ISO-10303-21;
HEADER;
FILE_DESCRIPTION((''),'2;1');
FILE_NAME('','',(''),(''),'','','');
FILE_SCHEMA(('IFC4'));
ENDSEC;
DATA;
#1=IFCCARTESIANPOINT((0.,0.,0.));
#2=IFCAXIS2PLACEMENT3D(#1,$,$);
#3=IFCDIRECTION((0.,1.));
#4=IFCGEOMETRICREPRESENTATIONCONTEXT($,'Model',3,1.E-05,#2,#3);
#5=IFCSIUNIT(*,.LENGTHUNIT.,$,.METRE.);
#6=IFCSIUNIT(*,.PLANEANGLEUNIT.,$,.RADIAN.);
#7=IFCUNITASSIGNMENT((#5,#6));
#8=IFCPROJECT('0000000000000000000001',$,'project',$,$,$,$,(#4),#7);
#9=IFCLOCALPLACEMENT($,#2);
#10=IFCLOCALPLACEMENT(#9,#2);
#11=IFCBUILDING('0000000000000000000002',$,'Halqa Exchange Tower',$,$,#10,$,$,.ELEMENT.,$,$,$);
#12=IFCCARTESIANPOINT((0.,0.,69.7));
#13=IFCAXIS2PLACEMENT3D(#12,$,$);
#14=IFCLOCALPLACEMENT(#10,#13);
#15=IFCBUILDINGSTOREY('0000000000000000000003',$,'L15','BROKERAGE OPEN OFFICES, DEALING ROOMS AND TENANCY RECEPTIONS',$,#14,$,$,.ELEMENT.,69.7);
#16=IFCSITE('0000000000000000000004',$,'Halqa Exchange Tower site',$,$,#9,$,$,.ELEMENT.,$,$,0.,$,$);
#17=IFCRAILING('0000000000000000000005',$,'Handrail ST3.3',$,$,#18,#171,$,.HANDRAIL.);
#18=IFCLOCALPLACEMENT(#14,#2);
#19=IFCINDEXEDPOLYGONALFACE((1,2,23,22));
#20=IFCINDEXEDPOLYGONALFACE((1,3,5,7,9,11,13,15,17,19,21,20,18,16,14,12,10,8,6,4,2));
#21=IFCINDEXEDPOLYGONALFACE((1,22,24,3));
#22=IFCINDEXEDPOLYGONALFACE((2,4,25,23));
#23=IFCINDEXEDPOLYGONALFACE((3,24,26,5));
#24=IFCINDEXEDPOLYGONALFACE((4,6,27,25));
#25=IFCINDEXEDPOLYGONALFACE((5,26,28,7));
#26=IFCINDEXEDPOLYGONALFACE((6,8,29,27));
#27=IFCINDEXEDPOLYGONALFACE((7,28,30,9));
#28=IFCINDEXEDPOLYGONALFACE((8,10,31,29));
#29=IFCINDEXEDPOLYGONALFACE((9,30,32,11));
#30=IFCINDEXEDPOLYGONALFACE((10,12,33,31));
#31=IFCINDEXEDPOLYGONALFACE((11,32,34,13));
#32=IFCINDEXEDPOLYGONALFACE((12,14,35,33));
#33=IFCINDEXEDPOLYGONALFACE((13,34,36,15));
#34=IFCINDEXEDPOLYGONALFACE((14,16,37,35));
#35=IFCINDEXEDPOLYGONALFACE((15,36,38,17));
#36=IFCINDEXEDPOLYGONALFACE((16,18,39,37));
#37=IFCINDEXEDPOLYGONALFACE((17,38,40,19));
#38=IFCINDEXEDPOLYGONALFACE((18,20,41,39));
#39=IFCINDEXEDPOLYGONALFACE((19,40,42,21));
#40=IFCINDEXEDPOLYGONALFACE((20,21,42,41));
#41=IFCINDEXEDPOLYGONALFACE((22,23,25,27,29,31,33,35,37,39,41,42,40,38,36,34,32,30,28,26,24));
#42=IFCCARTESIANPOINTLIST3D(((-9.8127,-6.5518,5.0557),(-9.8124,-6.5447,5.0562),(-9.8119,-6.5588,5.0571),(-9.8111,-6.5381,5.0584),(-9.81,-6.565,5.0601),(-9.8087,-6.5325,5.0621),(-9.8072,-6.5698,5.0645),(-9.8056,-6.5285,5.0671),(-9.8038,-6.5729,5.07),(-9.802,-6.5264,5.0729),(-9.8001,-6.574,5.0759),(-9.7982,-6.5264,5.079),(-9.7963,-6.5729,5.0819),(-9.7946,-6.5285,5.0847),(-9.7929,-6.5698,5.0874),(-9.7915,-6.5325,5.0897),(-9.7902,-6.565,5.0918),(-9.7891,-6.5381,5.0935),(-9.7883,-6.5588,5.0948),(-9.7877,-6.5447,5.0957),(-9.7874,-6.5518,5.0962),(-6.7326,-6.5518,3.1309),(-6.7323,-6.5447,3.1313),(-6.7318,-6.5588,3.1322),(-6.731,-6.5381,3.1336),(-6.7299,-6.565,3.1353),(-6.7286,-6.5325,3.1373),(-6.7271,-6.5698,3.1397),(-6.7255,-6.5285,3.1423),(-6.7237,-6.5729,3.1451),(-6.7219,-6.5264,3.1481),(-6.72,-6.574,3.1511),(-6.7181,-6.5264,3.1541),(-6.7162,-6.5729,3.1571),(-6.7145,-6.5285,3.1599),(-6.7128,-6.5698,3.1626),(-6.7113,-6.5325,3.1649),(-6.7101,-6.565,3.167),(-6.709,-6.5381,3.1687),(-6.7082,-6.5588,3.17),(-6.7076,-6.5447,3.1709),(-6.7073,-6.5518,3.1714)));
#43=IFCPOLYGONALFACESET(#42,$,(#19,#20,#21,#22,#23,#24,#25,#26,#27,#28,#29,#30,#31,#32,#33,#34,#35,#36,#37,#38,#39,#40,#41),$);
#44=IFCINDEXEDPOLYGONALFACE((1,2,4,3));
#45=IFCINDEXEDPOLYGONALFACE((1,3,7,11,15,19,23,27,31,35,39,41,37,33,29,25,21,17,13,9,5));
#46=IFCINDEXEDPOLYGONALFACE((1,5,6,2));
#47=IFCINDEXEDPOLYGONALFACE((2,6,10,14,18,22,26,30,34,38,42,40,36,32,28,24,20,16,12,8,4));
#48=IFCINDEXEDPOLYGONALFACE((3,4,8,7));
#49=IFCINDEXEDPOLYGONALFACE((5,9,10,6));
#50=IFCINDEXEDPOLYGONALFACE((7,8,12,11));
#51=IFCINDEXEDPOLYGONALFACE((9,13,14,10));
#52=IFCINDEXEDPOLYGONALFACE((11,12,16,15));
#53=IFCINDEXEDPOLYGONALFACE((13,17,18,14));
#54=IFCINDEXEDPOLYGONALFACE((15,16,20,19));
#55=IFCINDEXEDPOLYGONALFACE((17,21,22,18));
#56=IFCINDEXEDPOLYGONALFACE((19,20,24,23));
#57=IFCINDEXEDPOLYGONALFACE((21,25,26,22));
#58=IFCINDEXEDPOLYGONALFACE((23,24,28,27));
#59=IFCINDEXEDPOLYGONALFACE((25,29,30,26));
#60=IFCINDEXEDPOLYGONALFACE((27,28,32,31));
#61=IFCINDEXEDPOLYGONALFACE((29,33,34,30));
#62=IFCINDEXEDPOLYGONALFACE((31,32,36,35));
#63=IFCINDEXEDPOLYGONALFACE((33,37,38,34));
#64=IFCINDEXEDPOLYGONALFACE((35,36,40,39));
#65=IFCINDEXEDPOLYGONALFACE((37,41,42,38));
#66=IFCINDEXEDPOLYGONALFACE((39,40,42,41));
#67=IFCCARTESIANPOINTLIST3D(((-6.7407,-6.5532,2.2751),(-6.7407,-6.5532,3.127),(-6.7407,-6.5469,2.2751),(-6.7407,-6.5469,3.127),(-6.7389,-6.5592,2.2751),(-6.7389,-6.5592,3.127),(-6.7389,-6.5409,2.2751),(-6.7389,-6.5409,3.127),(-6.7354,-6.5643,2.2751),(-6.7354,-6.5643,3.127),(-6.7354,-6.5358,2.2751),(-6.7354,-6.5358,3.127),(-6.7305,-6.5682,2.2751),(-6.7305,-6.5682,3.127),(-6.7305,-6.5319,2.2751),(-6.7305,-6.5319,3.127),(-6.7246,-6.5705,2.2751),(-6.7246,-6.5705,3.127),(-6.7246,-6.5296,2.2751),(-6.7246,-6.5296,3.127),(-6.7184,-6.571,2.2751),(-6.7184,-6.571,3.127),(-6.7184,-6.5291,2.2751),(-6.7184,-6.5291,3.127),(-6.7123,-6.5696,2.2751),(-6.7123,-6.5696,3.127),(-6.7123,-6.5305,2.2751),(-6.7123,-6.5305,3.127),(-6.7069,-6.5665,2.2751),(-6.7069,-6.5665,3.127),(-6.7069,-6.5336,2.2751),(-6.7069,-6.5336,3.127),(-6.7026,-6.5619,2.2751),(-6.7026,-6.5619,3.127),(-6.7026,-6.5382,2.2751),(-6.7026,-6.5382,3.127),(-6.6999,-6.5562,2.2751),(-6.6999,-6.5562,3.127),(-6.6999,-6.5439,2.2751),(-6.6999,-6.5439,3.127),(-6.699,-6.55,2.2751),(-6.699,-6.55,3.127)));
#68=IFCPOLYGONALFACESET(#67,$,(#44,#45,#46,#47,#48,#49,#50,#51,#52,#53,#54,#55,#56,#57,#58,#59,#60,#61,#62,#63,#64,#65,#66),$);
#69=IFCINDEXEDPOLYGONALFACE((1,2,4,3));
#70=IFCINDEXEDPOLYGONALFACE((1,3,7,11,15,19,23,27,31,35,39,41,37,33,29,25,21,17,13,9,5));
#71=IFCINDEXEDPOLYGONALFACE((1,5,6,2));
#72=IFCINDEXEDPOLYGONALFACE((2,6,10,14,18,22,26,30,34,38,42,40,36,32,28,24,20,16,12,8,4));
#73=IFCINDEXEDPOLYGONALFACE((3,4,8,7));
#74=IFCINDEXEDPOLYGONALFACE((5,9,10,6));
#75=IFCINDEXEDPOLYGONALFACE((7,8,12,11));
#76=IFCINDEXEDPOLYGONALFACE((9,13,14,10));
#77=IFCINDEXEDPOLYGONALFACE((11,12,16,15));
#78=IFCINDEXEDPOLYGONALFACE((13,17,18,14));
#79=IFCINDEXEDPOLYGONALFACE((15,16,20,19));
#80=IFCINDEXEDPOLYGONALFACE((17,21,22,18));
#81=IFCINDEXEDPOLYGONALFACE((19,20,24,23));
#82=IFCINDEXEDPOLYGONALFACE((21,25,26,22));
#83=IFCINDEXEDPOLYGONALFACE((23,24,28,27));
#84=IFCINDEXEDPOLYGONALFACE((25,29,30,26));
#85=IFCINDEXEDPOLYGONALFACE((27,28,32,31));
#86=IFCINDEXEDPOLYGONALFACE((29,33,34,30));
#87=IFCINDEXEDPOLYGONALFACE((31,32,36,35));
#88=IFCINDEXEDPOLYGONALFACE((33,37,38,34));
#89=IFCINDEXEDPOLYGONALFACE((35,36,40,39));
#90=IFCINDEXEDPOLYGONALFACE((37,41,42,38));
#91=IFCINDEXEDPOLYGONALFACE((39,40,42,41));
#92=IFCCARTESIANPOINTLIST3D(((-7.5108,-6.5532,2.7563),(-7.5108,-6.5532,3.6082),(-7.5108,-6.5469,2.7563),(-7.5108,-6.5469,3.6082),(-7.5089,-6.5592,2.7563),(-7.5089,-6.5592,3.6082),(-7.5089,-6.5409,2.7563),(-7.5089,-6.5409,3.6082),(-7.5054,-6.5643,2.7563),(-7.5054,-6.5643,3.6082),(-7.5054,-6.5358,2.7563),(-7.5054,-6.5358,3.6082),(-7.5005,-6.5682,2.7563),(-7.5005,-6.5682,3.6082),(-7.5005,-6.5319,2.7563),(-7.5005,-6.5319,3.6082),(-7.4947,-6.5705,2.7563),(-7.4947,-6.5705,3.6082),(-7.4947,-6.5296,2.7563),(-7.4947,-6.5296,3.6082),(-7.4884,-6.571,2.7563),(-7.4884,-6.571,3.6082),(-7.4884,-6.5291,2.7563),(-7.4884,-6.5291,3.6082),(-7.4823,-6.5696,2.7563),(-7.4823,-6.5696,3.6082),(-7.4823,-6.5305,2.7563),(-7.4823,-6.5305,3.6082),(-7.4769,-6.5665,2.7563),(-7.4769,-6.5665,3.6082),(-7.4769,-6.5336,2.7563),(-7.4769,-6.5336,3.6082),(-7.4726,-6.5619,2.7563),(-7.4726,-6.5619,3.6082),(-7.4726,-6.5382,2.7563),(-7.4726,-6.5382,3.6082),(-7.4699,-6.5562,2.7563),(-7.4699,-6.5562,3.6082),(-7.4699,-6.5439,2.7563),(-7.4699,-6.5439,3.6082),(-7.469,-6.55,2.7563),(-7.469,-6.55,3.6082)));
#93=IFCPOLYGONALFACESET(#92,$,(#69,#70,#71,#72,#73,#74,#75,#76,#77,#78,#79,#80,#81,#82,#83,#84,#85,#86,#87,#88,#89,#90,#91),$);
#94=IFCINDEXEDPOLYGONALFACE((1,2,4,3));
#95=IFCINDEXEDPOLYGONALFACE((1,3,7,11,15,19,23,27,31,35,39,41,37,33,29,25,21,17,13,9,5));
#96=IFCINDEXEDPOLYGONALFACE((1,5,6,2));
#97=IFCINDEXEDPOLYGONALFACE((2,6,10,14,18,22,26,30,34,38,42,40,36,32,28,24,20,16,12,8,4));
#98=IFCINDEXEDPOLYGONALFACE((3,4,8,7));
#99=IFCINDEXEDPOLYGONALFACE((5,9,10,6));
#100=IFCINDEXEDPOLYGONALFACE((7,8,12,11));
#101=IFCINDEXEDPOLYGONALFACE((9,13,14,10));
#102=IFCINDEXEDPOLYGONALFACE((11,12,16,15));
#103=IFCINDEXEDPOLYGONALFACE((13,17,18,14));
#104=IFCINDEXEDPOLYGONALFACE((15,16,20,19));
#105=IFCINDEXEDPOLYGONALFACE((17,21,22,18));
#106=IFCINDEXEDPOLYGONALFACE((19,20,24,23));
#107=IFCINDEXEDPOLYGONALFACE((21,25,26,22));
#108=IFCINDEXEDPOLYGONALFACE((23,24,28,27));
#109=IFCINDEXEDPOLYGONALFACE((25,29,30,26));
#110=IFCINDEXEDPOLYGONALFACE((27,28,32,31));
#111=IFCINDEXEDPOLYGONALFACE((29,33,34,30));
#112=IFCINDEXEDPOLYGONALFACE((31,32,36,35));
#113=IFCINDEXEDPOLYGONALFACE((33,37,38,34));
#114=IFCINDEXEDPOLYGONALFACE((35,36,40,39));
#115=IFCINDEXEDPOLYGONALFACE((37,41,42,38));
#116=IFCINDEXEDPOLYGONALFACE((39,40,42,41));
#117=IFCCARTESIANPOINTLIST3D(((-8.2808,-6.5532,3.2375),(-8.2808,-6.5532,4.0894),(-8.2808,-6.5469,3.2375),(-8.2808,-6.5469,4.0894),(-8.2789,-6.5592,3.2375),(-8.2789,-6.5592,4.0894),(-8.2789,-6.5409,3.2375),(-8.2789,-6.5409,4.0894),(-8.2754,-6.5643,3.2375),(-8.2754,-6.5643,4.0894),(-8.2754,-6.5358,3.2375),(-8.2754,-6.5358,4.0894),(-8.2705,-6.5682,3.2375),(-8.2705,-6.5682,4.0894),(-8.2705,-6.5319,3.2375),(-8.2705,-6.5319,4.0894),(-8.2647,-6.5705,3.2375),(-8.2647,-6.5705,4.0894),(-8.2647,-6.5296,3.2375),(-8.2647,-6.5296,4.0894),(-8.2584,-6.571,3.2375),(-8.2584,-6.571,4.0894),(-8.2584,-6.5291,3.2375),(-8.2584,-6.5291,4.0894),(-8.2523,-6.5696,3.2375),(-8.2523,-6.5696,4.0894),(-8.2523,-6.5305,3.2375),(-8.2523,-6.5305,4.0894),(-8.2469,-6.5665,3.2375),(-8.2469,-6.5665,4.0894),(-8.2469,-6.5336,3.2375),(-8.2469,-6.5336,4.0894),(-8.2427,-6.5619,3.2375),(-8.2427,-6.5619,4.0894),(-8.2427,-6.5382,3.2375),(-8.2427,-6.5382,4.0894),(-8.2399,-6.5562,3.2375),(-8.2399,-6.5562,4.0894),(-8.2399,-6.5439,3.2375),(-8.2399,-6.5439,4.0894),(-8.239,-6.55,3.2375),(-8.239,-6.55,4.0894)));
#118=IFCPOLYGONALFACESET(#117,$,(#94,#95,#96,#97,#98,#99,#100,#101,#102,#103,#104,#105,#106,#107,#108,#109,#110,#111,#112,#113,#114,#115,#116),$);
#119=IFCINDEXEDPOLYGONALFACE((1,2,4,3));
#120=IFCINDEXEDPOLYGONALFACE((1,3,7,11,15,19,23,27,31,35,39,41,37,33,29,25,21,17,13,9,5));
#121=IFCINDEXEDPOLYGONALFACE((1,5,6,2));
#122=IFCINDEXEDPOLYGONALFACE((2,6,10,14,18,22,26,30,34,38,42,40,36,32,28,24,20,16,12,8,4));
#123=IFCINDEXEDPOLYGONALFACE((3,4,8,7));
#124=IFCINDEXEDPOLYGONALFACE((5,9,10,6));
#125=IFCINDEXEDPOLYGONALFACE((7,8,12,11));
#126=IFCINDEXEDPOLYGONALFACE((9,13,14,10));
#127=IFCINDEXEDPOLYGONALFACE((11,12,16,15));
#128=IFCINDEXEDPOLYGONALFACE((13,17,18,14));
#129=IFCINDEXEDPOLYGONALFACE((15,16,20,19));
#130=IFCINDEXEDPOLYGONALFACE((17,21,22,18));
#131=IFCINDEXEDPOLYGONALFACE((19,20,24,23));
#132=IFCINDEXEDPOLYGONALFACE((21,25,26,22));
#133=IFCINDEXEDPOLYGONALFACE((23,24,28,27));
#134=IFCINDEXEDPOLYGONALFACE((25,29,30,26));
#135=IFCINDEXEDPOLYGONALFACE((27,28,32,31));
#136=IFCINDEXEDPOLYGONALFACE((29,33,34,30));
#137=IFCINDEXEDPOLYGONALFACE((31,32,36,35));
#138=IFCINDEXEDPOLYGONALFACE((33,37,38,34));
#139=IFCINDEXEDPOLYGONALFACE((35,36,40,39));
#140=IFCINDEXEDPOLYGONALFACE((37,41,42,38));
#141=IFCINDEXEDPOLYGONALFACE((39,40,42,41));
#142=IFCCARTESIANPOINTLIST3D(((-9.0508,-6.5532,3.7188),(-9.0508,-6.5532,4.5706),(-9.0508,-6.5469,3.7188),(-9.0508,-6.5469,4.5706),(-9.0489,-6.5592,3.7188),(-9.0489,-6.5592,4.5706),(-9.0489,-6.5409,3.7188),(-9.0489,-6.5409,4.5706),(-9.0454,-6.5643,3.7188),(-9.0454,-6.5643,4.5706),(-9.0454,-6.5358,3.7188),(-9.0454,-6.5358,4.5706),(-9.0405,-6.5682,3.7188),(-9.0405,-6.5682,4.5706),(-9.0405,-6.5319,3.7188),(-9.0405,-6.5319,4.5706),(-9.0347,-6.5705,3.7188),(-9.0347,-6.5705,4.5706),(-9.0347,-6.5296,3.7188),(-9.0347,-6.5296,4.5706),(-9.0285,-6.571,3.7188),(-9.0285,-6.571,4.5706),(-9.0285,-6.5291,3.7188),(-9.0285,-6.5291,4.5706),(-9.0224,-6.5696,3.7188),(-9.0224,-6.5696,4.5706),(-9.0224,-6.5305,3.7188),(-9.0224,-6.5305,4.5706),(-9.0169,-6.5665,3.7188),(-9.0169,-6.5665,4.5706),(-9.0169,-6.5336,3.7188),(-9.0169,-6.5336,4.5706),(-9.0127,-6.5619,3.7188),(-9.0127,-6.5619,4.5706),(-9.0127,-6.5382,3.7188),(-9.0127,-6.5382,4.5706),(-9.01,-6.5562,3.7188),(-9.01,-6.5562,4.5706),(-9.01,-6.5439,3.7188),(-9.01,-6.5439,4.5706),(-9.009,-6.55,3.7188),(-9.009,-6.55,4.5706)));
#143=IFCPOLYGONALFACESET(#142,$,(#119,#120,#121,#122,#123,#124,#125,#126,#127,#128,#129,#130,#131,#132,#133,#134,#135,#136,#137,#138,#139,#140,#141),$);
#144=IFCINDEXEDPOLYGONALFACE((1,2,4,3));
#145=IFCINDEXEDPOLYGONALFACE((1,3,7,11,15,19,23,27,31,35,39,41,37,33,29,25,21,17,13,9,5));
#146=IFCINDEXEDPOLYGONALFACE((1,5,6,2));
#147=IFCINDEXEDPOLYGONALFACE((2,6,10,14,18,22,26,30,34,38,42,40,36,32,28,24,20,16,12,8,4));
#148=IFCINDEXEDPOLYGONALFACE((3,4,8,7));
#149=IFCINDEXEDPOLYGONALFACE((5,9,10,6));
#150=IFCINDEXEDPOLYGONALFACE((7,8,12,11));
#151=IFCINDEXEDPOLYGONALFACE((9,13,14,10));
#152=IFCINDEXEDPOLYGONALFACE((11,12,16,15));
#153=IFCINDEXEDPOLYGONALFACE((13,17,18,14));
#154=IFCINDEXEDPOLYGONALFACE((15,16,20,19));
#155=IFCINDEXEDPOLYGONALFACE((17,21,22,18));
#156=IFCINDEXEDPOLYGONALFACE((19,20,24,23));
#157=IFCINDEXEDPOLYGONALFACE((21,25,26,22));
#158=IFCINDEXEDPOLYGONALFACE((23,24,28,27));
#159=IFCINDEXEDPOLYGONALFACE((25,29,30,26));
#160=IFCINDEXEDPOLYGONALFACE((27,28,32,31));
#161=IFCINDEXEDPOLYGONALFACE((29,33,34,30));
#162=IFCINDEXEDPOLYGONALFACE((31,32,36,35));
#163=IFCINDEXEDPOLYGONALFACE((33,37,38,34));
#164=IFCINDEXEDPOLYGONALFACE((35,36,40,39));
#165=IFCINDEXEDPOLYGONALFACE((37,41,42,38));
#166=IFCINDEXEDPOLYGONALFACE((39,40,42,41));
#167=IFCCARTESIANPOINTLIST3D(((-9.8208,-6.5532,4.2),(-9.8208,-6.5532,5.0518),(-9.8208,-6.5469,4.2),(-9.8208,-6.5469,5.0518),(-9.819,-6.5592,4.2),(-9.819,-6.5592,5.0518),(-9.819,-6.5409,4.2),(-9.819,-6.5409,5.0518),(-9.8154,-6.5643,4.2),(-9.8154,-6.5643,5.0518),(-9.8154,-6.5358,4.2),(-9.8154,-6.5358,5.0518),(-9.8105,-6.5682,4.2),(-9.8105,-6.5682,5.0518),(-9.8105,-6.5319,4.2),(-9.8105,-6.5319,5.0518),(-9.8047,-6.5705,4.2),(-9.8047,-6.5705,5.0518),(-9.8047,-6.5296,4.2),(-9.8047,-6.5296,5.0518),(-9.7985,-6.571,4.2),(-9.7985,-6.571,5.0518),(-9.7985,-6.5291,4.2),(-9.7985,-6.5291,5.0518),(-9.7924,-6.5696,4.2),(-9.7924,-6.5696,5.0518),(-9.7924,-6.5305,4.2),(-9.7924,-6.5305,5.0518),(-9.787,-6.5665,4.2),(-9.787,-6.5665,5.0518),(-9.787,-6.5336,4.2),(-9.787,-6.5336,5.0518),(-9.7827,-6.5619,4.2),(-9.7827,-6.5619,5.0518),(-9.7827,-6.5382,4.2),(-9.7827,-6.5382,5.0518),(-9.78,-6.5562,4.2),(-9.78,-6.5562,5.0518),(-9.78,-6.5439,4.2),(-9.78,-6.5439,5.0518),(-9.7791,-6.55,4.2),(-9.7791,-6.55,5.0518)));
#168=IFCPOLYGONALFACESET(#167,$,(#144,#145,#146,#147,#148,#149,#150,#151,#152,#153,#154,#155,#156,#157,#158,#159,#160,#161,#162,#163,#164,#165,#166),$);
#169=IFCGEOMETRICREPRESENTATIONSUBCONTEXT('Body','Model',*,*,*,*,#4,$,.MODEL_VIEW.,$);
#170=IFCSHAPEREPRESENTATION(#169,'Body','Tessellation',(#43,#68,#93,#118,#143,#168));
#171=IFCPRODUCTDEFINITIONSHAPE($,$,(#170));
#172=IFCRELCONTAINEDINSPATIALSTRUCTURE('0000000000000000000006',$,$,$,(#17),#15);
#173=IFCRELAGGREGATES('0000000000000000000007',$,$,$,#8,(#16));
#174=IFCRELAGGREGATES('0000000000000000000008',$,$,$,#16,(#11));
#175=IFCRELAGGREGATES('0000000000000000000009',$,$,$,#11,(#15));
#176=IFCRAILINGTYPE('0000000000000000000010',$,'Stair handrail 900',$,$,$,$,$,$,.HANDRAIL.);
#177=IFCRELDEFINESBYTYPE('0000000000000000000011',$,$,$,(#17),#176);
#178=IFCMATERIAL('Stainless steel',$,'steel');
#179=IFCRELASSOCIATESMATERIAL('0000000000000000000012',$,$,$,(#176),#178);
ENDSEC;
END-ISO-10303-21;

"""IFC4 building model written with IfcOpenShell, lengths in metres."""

from ifc_helpers import new_model, si_unit, direction, frame, origin, origin_2d, place, context, subcontext, project, spatial, circle, extrude, material, type_object, element, save


model = new_model("IFC4")

# Units and contexts
model_context = context("Model", 3, precision=1e-05, world=origin(), true_north=direction((0.0, 1.0)))
body_context = subcontext(model_context, "Body", "Model", "MODEL_VIEW")
ifc_project = project(units=[si_unit("LENGTHUNIT", "METRE"), si_unit("PLANEANGLEUNIT", "RADIAN")], contexts=[model_context])

# Site, building, storey
site_placement = place(None, origin())
site = spatial("IfcSite", under=ifc_project, at=site_placement, Name="Halqa Exchange Tower site", CompositionType="ELEMENT", RefElevation=0.0)
building_placement = place(site_placement, origin())
building = spatial("IfcBuilding", under=site, at=building_placement, Name="Halqa Exchange Tower", CompositionType="ELEMENT")
storey_placement = place(building_placement, frame((0.0, 0.0, 69.7)))
storey = spatial("IfcBuildingStorey", under=building, at=storey_placement, Name="L15", Description="BROKERAGE OPEN OFFICES, DEALING ROOMS AND TENANCY RECEPTIONS", CompositionType="ELEMENT", Elevation=69.7)

# Shared definitions
ifc_material_1 = material(Name="Stainless steel", Category="steel")

# Railing
railing_type_1 = type_object("IfcRailingType", Name="Stair handrail 900", PredefinedType="HANDRAIL", material=ifc_material_1)
railing_1_placement = place(storey_placement, frame((-6.72, -6.55, 2.2751)))
element("IfcRailing", 1, at=railing_1_placement, inside=storey, type_object=railing_type_1, Name="Handrail ST3.3", PredefinedType="HANDRAIL", context=body_context, shape_type="SweptSolid", body=[
    extrude(circle(Radius=0.0239, at=origin_2d()), frame((0.0, 0.0, 0.876), z_axis=(-0.848029, 0.0, 0.529951), x_axis=(0.0, -1.0, 0.0)), (0.0, 0.0, 1.0), 3.6321),
    extrude(circle(Radius=0.021, at=origin_2d()), origin(), (0.0, 0.0, 1.0), 0.8518),
    extrude(circle(Radius=0.021, at=origin_2d()), frame((-0.77, 0.0, 0.4812)), (0.0, 0.0, 1.0), 0.8518),
    extrude(circle(Radius=0.021, at=origin_2d()), frame((-1.54, 0.0, 0.9624)), (0.0, 0.0, 1.0), 0.8518),
    extrude(circle(Radius=0.021, at=origin_2d()), frame((-2.3101, 0.0, 1.4436)), (0.0, 0.0, 1.0), 0.8518),
    extrude(circle(Radius=0.021, at=origin_2d()), frame((-3.0801, 0.0, 1.9248)), (0.0, 0.0, 1.0), 0.8518),
])

save(model, "model.ifc")
